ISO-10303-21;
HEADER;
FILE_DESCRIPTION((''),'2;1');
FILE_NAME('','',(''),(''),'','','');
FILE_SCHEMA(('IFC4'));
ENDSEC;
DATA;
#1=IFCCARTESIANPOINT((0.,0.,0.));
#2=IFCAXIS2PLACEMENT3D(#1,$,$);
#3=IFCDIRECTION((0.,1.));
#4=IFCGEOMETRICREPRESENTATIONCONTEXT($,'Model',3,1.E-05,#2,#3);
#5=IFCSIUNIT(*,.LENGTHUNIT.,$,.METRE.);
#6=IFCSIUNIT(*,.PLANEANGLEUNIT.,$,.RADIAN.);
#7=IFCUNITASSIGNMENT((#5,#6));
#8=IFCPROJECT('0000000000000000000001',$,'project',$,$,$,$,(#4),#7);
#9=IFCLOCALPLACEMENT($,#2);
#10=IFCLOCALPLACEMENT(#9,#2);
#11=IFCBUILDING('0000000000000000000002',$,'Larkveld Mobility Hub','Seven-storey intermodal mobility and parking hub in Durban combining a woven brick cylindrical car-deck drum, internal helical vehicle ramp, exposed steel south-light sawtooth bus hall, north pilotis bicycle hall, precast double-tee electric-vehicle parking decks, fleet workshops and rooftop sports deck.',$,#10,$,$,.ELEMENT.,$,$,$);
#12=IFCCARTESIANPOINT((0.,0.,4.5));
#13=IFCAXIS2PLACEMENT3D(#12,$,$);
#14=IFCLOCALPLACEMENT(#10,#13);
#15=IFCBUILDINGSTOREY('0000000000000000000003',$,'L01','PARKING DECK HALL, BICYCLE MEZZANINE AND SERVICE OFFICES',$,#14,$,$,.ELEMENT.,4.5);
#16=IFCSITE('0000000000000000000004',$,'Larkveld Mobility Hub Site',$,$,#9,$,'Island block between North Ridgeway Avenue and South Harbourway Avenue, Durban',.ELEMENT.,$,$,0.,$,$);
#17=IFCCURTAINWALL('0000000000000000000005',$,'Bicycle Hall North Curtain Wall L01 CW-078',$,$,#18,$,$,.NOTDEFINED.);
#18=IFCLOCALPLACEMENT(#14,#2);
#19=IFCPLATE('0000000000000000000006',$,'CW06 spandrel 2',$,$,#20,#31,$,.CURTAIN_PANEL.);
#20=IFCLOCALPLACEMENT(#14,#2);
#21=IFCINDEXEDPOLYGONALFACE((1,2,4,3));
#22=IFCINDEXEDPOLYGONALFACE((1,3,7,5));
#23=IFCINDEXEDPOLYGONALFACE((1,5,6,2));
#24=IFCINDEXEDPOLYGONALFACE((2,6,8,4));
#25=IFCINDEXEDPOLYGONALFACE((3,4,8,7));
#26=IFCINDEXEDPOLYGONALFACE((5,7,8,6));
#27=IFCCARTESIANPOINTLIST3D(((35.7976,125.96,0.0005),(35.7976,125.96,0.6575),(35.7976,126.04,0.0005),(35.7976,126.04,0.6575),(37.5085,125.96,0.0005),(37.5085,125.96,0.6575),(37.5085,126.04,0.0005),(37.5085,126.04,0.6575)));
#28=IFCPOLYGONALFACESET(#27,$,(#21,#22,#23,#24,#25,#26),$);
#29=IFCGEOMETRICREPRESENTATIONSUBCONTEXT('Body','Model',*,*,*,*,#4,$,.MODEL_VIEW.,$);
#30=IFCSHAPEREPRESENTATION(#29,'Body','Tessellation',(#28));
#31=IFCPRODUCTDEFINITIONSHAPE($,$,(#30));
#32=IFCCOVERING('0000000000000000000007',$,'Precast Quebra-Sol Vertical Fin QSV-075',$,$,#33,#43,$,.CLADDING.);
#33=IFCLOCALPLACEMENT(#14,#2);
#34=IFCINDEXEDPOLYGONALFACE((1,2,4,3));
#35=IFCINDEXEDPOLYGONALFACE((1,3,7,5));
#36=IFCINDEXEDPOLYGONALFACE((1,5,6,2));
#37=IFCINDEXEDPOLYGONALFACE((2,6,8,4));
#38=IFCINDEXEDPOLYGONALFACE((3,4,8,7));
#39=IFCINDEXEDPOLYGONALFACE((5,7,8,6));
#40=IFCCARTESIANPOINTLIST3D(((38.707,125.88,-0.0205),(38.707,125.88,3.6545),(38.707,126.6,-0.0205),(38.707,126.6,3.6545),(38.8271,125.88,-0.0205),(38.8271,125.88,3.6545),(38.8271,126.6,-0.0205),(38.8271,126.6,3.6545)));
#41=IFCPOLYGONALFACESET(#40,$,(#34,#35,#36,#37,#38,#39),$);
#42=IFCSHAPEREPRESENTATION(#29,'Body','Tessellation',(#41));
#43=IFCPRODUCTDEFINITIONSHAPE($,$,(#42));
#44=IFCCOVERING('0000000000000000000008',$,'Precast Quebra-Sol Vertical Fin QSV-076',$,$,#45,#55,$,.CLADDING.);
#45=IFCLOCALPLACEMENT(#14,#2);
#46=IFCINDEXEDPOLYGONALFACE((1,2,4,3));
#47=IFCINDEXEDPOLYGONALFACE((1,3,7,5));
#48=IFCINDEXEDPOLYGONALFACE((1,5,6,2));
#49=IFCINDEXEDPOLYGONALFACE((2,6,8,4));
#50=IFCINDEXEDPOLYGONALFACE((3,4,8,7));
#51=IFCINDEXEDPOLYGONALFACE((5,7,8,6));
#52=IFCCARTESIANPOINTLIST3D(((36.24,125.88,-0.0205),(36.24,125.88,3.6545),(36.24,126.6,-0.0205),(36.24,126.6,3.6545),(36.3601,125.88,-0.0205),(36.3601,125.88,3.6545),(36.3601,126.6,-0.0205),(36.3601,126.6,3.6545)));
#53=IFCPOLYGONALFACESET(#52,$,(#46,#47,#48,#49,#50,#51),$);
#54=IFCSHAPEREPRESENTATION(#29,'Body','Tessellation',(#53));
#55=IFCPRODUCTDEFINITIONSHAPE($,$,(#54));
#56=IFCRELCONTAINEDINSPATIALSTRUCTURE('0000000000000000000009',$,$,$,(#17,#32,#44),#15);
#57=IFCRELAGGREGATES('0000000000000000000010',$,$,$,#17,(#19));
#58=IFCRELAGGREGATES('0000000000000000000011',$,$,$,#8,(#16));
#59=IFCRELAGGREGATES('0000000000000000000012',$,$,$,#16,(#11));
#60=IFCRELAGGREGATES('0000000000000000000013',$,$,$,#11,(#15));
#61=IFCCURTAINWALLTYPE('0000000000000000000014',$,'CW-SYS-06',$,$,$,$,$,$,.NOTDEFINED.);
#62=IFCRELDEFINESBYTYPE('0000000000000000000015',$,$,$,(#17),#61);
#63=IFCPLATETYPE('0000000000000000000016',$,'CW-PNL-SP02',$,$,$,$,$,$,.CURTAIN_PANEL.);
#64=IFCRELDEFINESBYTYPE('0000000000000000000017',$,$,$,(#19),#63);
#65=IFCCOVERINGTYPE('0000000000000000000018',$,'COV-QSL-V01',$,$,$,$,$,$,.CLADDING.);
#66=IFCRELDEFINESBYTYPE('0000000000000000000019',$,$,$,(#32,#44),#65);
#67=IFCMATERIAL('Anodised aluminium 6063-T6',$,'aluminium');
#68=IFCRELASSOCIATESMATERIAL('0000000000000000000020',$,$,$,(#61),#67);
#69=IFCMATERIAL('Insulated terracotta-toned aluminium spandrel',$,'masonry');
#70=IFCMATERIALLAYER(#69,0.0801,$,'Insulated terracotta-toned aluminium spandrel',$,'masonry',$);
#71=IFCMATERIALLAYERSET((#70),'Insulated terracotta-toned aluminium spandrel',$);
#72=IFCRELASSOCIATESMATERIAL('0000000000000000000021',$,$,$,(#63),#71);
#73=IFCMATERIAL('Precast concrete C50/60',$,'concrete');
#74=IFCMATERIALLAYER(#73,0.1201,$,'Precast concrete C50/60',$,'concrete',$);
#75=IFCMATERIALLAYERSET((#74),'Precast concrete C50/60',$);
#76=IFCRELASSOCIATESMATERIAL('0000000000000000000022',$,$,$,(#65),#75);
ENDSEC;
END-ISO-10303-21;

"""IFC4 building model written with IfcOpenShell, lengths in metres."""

from ifc_helpers import new_model, si_unit, direction, frame, origin, origin_2d, place, context, subcontext, project, spatial, rectangle, extrude, material, layer, layer_set, type_object, element, aggregate, save


model = new_model("IFC4")

# Units and contexts
model_context = context("Model", 3, precision=1e-05, world=origin(), true_north=direction((0.0, 1.0)))
body_context = subcontext(model_context, "Body", "Model", "MODEL_VIEW")
ifc_project = project(units=[si_unit("LENGTHUNIT", "METRE"), si_unit("PLANEANGLEUNIT", "RADIAN")], contexts=[model_context])

# Site, building, storey
site_placement = place(None, origin())
site = spatial("IfcSite", under=ifc_project, at=site_placement, Name="Larkveld Mobility Hub Site", LongName="Island block between North Ridgeway Avenue and South Harbourway Avenue, Durban", CompositionType="ELEMENT", RefElevation=0.0)
building_placement = place(site_placement, origin())
building = spatial("IfcBuilding", under=site, at=building_placement, Name="Larkveld Mobility Hub", Description="Seven-storey intermodal mobility and parking hub in Durban combining a woven brick cylindrical car-deck drum, internal helical vehicle ramp, exposed steel south-light sawtooth bus hall, north pilotis bicycle hall, precast double-tee electric-vehicle parking decks, fleet workshops and rooftop sports deck.", CompositionType="ELEMENT")
storey_placement = place(building_placement, frame((0.0, 0.0, 4.5)))
storey = spatial("IfcBuildingStorey", under=building, at=storey_placement, Name="L01", Description="PARKING DECK HALL, BICYCLE MEZZANINE AND SERVICE OFFICES", CompositionType="ELEMENT", Elevation=4.5)

# Curtain wall, plate
ifc_material_1 = material(Name="Anodised aluminium 6063-T6", Category="aluminium")
curtain_wall_type = type_object("IfcCurtainWallType", Name="CW-SYS-06", PredefinedType="NOTDEFINED", material=ifc_material_1)
curtain_wall_placement = place(storey_placement, origin())
curtain_wall = element("IfcCurtainWall", 1, at=curtain_wall_placement, inside=storey, type_object=curtain_wall_type, Name="Bicycle Hall North Curtain Wall L01 CW-078", PredefinedType="NOTDEFINED")
ifc_material_2 = material(Name="Insulated terracotta-toned aluminium spandrel", Category="masonry")
ifc_layer_1 = layer(ifc_material_2, 0.0801, Name="Insulated terracotta-toned aluminium spandrel", Category="masonry")
ifc_layer_set_1 = layer_set([ifc_layer_1], Name="Insulated terracotta-toned aluminium spandrel")
plate_type_1 = type_object("IfcPlateType", Name="CW-PNL-SP02", PredefinedType="CURTAIN_PANEL", material=ifc_layer_set_1)
plate_1_placement = place(storey_placement, frame((36.6531, 126.0, 0.0005), z_axis=(0.0, 0.0, 1.0), x_axis=(-1.0, 0.0, 0.0)))
plate_1 = element("IfcPlate", 2, at=plate_1_placement, type_object=plate_type_1, Name="CW06 spandrel 2", PredefinedType="CURTAIN_PANEL", context=body_context, shape_type="SweptSolid", body=[
    extrude(rectangle(XDim=1.7109, YDim=0.0801, at=origin_2d()), origin(), (0.0, 0.0, 1.0), 0.657),
])
aggregate(curtain_wall, [plate_1])

# Coverings
ifc_material_3 = material(Name="Precast concrete C50/60", Category="concrete")
ifc_layer_2 = layer(ifc_material_3, 0.1201, Name="Precast concrete C50/60", Category="concrete")
ifc_layer_set_2 = layer_set([ifc_layer_2], Name="Precast concrete C50/60")
covering_type = type_object("IfcCoveringType", Name="COV-QSL-V01", PredefinedType="CLADDING", material=ifc_layer_set_2)
for number, where, z_axis, x_axis, name in (
    (3, (38.7671, 126.24, -0.0205), (0.0, 0.0, 1.0), (-1.0, 0.0, 0.0), "Precast Quebra-Sol Vertical Fin QSV-075"),
    (4, (36.3, 126.24, -0.0205), (0.0, 0.0, 1.0), (-1.0, 0.0, 0.0), "Precast Quebra-Sol Vertical Fin QSV-076"),
):
    element("IfcCovering", number, at=place(storey_placement, frame(where, z_axis=z_axis, x_axis=x_axis)), inside=storey, type_object=covering_type, Name=name, PredefinedType="CLADDING", context=body_context, shape_type="SweptSolid", body=[
        extrude(rectangle(XDim=0.1201, YDim=0.72, at=origin_2d()), origin(), (0.0, 0.0, 1.0), 3.675),
    ])

save(model, "model.ifc")
